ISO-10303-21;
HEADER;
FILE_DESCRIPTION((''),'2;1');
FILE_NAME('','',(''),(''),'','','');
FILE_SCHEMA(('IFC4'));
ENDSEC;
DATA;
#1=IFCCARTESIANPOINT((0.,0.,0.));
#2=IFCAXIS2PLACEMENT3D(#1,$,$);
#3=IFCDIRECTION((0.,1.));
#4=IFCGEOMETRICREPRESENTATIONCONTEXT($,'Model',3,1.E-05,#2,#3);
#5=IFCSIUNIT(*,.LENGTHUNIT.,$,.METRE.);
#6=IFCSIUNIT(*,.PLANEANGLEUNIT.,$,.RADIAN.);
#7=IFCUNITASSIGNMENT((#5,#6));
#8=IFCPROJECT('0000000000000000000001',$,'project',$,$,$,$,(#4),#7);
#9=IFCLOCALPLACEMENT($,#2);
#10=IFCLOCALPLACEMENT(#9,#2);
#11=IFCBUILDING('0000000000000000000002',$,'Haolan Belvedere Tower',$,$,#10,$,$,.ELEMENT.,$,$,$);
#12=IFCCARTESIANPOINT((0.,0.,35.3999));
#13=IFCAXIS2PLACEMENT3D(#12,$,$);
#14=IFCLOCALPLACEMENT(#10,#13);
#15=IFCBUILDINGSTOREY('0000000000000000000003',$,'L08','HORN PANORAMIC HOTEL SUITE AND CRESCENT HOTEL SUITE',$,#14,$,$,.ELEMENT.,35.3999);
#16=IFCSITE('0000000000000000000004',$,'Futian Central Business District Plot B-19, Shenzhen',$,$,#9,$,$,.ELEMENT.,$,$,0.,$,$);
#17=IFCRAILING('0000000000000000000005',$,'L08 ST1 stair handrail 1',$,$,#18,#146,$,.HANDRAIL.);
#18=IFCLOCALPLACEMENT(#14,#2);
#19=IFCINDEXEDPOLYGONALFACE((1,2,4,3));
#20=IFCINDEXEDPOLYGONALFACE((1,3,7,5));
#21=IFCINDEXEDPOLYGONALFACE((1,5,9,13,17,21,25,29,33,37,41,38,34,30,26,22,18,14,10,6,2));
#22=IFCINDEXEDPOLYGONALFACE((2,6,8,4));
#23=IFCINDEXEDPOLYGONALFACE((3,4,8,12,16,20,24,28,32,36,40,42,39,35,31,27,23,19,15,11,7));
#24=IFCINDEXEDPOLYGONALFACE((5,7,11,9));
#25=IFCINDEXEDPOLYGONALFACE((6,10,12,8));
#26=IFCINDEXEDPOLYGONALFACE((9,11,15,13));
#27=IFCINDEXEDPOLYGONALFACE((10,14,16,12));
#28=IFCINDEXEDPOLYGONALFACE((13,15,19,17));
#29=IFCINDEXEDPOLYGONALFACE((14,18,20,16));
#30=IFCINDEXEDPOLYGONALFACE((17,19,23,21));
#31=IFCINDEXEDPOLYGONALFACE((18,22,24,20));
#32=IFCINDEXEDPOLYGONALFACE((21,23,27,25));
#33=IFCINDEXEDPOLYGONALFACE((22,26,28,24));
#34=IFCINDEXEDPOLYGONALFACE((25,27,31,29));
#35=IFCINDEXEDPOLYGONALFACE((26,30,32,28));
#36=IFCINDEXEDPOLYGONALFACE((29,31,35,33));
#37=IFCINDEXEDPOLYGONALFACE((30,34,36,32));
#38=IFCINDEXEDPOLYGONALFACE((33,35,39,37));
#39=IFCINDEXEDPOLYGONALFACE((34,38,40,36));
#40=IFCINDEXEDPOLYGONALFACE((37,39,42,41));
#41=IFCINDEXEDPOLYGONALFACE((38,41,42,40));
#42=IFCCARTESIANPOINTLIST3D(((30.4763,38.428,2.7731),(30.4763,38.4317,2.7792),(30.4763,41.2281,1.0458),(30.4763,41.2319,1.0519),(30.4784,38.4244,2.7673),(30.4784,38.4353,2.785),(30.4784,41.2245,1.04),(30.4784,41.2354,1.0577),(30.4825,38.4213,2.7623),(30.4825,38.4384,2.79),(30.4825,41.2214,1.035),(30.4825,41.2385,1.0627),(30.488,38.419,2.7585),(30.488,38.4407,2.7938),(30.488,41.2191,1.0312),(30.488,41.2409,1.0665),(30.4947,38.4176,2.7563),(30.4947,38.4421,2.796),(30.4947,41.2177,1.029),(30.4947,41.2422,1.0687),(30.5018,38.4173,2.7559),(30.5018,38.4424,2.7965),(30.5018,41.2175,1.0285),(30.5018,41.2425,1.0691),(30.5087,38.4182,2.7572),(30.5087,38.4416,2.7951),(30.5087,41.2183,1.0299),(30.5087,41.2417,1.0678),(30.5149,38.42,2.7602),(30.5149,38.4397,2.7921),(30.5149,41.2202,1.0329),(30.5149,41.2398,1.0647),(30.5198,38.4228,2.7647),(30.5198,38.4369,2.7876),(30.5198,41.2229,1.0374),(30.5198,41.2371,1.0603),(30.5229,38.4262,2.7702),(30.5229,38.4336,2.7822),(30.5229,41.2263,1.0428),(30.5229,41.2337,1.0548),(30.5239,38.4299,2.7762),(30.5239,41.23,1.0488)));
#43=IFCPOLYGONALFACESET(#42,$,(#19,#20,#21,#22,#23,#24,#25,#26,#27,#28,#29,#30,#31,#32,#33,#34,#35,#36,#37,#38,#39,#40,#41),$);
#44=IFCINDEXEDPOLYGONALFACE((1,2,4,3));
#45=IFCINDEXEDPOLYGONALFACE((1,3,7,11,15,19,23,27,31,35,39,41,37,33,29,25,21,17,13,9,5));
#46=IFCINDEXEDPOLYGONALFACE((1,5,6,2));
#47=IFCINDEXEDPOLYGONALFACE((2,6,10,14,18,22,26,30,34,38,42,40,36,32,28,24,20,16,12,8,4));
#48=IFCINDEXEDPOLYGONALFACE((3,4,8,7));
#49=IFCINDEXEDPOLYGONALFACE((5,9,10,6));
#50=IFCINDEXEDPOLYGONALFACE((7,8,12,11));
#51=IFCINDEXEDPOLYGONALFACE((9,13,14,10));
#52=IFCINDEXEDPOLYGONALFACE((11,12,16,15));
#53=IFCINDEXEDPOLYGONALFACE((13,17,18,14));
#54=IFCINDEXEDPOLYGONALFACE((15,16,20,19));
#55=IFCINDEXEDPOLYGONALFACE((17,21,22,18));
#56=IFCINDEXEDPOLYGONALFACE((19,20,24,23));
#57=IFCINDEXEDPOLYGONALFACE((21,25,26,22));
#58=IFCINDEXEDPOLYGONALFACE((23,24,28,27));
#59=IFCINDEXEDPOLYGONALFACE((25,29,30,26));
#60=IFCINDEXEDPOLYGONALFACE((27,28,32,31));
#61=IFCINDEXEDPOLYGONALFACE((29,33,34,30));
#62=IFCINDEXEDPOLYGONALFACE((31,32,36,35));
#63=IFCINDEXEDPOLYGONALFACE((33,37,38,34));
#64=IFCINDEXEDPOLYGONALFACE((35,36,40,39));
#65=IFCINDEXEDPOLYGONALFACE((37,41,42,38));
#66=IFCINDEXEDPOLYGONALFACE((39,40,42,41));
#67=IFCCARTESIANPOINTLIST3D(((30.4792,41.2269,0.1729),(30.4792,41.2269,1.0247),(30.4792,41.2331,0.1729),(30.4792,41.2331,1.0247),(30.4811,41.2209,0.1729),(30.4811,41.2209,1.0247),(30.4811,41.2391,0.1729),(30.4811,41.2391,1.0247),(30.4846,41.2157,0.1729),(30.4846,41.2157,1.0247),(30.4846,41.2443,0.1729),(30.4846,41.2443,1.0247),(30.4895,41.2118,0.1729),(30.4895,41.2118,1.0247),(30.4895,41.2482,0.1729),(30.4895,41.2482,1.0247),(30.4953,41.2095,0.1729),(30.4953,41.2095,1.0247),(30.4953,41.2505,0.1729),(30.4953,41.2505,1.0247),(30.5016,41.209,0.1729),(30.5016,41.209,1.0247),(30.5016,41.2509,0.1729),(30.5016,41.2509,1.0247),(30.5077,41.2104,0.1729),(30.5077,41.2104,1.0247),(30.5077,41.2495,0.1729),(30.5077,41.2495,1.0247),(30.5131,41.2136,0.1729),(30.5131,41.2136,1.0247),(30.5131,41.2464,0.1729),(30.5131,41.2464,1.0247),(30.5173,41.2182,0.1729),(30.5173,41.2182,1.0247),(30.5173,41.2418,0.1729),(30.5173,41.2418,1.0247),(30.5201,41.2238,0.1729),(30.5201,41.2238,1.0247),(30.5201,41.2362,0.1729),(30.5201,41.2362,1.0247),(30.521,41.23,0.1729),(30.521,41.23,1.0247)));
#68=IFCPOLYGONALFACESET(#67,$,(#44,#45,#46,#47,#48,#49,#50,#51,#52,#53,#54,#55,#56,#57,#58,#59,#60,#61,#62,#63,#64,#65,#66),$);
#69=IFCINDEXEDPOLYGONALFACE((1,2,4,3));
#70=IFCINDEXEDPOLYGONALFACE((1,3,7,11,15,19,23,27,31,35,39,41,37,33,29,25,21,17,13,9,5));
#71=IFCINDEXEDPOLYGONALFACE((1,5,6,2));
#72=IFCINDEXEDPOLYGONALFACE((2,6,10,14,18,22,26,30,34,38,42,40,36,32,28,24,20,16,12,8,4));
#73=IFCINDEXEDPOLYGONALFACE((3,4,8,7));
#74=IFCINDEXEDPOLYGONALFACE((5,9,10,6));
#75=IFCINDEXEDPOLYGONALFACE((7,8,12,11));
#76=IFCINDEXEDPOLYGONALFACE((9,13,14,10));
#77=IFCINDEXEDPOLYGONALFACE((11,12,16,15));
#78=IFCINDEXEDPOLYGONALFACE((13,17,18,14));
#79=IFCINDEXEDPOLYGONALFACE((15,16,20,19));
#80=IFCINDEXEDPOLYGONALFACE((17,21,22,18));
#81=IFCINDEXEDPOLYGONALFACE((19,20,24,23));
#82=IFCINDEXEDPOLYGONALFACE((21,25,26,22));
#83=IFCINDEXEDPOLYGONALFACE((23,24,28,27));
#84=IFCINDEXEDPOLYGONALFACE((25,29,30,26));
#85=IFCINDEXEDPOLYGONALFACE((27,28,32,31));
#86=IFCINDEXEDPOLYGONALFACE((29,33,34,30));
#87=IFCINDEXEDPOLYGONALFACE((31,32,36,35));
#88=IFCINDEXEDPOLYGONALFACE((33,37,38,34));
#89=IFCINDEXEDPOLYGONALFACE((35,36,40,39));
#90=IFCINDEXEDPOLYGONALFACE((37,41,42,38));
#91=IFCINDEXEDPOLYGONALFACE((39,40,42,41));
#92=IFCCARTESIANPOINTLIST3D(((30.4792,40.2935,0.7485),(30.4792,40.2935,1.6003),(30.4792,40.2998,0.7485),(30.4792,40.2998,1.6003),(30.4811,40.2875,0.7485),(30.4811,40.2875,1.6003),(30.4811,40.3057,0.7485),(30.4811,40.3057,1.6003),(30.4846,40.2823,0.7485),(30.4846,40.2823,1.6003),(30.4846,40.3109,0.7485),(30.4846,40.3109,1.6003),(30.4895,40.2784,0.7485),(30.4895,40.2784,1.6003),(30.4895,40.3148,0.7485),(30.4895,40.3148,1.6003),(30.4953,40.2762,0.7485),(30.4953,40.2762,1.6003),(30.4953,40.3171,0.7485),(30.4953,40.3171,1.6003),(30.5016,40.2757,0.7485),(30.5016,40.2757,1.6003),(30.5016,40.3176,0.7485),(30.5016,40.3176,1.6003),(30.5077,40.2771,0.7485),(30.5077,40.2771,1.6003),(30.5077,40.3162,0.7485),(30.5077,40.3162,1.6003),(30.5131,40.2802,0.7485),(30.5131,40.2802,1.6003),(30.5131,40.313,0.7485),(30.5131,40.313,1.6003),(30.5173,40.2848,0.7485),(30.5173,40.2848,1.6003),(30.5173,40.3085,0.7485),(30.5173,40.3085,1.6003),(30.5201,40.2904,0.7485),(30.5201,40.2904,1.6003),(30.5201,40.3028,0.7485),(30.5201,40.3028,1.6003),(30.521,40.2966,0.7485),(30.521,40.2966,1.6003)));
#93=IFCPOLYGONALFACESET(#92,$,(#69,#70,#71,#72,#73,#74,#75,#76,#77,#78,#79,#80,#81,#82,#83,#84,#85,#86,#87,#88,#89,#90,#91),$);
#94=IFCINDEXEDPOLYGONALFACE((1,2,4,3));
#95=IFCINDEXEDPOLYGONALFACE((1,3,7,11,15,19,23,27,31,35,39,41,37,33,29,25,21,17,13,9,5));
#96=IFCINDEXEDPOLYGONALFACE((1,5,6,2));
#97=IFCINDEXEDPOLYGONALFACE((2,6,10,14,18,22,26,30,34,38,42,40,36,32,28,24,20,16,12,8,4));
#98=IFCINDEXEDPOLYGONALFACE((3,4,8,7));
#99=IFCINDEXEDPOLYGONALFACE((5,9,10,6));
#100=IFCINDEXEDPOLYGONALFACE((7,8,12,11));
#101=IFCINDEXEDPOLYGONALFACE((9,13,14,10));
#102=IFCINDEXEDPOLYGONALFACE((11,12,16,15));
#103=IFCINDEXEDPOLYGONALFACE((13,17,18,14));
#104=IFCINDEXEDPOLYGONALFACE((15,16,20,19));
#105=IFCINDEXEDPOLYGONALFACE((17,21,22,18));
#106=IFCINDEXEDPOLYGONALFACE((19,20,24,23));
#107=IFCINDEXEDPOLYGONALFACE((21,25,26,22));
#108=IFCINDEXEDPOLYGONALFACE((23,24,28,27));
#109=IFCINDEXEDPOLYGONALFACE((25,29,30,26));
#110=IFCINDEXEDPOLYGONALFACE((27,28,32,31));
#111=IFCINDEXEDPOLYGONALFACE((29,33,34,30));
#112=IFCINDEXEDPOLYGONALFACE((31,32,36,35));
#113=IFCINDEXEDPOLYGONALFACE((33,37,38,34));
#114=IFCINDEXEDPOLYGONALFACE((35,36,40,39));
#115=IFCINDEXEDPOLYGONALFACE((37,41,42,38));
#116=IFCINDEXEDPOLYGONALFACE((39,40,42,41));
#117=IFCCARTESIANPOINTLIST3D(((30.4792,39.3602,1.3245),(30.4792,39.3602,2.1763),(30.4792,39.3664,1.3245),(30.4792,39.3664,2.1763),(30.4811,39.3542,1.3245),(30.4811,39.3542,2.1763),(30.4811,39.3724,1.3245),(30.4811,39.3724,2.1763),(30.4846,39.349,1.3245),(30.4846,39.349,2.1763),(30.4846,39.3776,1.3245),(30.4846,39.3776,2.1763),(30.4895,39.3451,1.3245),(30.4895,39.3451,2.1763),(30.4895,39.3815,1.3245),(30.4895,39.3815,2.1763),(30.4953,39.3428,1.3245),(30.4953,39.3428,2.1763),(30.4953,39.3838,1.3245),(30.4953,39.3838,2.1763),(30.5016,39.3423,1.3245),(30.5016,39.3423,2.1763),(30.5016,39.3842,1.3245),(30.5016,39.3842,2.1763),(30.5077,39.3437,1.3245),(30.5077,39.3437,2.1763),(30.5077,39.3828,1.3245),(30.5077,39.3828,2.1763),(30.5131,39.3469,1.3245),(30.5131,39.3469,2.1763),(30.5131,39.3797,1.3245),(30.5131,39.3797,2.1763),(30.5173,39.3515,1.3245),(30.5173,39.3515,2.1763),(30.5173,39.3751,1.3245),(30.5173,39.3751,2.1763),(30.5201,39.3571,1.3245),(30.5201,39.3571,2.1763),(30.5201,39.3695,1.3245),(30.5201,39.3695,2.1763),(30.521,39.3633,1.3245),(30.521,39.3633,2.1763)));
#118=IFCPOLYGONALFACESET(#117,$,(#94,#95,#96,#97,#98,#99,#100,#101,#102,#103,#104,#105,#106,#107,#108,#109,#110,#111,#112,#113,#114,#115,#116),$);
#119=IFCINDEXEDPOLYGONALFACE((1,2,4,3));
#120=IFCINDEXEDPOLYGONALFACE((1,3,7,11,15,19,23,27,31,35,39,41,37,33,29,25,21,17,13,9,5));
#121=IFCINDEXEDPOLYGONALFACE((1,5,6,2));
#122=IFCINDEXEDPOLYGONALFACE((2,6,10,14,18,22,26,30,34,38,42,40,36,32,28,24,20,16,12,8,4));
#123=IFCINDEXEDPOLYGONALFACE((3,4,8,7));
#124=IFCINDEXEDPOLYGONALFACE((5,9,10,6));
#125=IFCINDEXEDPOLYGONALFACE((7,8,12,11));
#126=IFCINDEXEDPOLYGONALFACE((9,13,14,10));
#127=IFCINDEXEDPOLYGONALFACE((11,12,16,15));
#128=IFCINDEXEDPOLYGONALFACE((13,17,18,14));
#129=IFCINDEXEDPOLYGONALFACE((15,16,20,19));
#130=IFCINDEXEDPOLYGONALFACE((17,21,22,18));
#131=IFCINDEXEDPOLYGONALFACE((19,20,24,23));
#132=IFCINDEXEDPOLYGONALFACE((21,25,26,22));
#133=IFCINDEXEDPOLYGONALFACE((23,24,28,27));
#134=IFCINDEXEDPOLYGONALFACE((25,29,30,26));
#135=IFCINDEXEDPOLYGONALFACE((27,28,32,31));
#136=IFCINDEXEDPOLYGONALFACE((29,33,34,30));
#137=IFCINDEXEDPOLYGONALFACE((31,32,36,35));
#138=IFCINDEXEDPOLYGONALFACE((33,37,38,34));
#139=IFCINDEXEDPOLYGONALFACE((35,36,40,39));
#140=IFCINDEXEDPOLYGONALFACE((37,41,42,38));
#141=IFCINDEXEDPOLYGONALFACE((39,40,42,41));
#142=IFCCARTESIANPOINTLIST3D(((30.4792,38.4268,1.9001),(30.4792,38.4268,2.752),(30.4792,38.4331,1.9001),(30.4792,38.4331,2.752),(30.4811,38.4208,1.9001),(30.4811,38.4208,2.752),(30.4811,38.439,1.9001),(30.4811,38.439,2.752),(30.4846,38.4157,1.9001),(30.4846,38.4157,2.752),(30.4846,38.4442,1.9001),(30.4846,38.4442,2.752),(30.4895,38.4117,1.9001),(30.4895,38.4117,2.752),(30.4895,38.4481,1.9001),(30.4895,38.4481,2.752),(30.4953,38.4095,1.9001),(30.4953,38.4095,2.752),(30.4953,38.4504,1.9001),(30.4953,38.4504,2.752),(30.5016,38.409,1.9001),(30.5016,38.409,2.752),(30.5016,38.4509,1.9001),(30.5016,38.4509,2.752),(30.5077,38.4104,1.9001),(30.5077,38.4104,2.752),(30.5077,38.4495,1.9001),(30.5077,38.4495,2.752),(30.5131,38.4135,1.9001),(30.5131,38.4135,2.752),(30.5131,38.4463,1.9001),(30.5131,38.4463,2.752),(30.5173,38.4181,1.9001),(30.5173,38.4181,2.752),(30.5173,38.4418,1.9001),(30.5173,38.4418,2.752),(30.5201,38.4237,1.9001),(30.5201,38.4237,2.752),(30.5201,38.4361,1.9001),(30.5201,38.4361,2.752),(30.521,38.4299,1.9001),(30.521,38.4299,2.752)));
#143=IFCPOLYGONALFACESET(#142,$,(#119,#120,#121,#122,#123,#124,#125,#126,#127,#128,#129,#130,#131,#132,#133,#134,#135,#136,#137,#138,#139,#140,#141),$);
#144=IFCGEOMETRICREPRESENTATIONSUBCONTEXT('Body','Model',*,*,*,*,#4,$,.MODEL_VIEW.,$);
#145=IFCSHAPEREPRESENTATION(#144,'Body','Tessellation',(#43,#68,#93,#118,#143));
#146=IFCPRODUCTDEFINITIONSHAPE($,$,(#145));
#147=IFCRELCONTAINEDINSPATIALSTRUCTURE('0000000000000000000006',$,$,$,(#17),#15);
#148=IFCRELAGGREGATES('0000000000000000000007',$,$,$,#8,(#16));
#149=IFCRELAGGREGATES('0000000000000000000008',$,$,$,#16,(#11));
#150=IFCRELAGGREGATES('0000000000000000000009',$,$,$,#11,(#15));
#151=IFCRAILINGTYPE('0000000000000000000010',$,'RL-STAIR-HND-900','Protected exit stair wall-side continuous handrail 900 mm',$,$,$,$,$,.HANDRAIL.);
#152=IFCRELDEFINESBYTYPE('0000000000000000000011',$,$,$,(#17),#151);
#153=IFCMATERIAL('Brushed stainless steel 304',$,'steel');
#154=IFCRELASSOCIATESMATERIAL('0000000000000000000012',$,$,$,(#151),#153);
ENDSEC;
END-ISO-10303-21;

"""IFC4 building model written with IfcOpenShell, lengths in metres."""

from ifc_helpers import new_model, si_unit, direction, frame, origin, origin_2d, place, context, subcontext, project, spatial, circle, extrude, material, type_object, element, save


model = new_model("IFC4")

# Units and contexts
model_context = context("Model", 3, precision=1e-05, world=origin(), true_north=direction((0.0, 1.0)))
body_context = subcontext(model_context, "Body", "Model", "MODEL_VIEW")
ifc_project = project(units=[si_unit("LENGTHUNIT", "METRE"), si_unit("PLANEANGLEUNIT", "RADIAN")], contexts=[model_context])

# Site, building, storey
site_placement = place(None, origin())
site = spatial("IfcSite", under=ifc_project, at=site_placement, Name="Futian Central Business District Plot B-19, Shenzhen", CompositionType="ELEMENT", RefElevation=0.0)
building_placement = place(site_placement, origin())
building = spatial("IfcBuilding", under=site, at=building_placement, Name="Haolan Belvedere Tower", CompositionType="ELEMENT")
storey_placement = place(building_placement, frame((0.0, 0.0, 35.3999)))
storey = spatial("IfcBuildingStorey", under=building, at=storey_placement, Name="L08", Description="HORN PANORAMIC HOTEL SUITE AND CRESCENT HOTEL SUITE", CompositionType="ELEMENT", Elevation=35.3999)

# Railing
ifc_material_1 = material(Name="Brushed stainless steel 304", Category="steel")
railing_type_1 = type_object("IfcRailingType", Name="RL-STAIR-HND-900", Description="Protected exit stair wall-side continuous handrail 900 mm", PredefinedType="HANDRAIL", material=ifc_material_1)
railing_1_placement = place(storey_placement, frame((30.5, 41.23, 0.1729)))
element("IfcRailing", 1, at=railing_1_placement, inside=storey, type_object=railing_type_1, Name="L08 ST1 stair handrail 1", PredefinedType="HANDRAIL", context=body_context, shape_type="SweptSolid", body=[
    extrude(circle(Radius=0.0239, at=origin_2d()), frame((0.0, 0.0, 0.876), z_axis=(0.0, -0.85109, 0.52502), x_axis=(1.0, 0.0, 0.0)), (0.0, 0.0, 1.0), 3.29),
    extrude(circle(Radius=0.021, at=origin_2d()), origin(), (0.0, 0.0, 1.0), 0.8518),
    extrude(circle(Radius=0.021, at=origin_2d()), frame((0.0, -0.9333, 0.5757)), (0.0, 0.0, 1.0), 0.8518),
    extrude(circle(Radius=0.021, at=origin_2d()), frame((0.0, -1.8667, 1.1516)), (0.0, 0.0, 1.0), 0.8518),
    extrude(circle(Radius=0.021, at=origin_2d()), frame((0.0, -2.8, 1.7273)), (0.0, 0.0, 1.0), 0.8518),
])

save(model, "model.ifc")
